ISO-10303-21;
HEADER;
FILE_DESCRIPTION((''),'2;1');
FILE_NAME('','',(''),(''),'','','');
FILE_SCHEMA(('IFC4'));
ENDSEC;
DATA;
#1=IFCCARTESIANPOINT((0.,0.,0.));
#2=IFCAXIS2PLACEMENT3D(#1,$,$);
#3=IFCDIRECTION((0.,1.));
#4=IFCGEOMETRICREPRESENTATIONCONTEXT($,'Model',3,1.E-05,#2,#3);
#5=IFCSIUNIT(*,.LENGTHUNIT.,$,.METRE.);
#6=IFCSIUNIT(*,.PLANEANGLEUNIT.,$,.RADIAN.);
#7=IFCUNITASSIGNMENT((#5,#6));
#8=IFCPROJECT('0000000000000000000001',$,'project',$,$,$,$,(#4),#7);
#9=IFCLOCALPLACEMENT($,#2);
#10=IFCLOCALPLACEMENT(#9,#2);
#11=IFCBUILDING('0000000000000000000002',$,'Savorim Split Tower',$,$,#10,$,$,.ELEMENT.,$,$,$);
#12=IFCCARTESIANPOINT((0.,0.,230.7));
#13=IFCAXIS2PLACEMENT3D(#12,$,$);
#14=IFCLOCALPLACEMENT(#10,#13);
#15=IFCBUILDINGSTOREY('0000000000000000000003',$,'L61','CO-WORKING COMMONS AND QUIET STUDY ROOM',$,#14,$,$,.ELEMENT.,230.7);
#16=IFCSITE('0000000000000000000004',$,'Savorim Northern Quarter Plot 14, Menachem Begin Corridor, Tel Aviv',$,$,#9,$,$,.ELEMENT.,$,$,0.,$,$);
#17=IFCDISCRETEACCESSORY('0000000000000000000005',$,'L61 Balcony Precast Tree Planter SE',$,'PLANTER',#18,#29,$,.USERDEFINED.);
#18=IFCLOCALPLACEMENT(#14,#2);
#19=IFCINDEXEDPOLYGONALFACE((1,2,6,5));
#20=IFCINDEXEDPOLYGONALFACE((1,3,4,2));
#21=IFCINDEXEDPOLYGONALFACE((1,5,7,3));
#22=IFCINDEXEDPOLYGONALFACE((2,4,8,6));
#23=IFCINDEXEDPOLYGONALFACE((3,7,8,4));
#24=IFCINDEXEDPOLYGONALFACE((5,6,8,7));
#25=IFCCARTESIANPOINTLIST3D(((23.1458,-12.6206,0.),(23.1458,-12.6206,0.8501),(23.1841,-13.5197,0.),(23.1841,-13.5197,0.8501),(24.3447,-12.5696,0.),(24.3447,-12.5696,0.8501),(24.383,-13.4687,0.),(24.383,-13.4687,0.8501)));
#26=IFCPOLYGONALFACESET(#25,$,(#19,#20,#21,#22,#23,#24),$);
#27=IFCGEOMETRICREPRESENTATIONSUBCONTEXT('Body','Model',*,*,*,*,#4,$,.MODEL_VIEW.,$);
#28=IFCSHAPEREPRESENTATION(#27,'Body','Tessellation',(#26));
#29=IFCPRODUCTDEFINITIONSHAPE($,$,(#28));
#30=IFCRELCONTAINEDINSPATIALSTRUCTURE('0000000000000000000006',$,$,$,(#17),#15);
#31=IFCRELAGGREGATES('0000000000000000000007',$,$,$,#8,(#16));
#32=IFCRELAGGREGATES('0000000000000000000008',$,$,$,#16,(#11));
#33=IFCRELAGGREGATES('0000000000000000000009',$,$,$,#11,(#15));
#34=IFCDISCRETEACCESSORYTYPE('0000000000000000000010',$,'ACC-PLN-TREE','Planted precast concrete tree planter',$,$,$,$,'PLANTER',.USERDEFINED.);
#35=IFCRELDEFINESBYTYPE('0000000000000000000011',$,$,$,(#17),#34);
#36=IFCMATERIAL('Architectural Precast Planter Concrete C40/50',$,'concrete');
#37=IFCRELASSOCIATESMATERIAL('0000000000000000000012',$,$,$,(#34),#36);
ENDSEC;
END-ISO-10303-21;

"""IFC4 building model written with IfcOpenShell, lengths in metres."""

from ifc_helpers import new_model, si_unit, direction, frame, origin, origin_2d, place, context, subcontext, project, spatial, rectangle, extrude, material, type_object, element, save


model = new_model("IFC4")

# Units and contexts
model_context = context("Model", 3, precision=1e-05, world=origin(), true_north=direction((0.0, 1.0)))
body_context = subcontext(model_context, "Body", "Model", "MODEL_VIEW")
ifc_project = project(units=[si_unit("LENGTHUNIT", "METRE"), si_unit("PLANEANGLEUNIT", "RADIAN")], contexts=[model_context])

# Site, building, storey
site_placement = place(None, origin())
site = spatial("IfcSite", under=ifc_project, at=site_placement, Name="Savorim Northern Quarter Plot 14, Menachem Begin Corridor, Tel Aviv", CompositionType="ELEMENT", RefElevation=0.0)
building_placement = place(site_placement, origin())
building = spatial("IfcBuilding", under=site, at=building_placement, Name="Savorim Split Tower", CompositionType="ELEMENT")
storey_placement = place(building_placement, frame((0.0, 0.0, 230.7)))
storey = spatial("IfcBuildingStorey", under=building, at=storey_placement, Name="L61", Description="CO-WORKING COMMONS AND QUIET STUDY ROOM", CompositionType="ELEMENT", Elevation=230.7)

# Discrete accessory
ifc_material_1 = material(Name="Architectural Precast Planter Concrete C40/50", Category="concrete")
discrete_accessory_type_1 = type_object("IfcDiscreteAccessoryType", Name="ACC-PLN-TREE", Description="Planted precast concrete tree planter", ElementType="PLANTER", PredefinedType="USERDEFINED", material=ifc_material_1)
discrete_accessory_placement = place(storey_placement, frame((23.7644, -13.0447, 0.0), z_axis=(0.0, 0.0, 1.0), x_axis=(0.999096, 0.042516, 0.0)))
element("IfcDiscreteAccessory", 1, at=discrete_accessory_placement, inside=storey, type_object=discrete_accessory_type_1, Name="L61 Balcony Precast Tree Planter SE", ObjectType="PLANTER", PredefinedType="USERDEFINED", context=body_context, shape_type="SweptSolid", body=[
    extrude(rectangle(XDim=1.2, YDim=0.8999, at=origin_2d()), origin(), (0.0, 0.0, 1.0), 0.8501),
])

save(model, "model.ifc")
